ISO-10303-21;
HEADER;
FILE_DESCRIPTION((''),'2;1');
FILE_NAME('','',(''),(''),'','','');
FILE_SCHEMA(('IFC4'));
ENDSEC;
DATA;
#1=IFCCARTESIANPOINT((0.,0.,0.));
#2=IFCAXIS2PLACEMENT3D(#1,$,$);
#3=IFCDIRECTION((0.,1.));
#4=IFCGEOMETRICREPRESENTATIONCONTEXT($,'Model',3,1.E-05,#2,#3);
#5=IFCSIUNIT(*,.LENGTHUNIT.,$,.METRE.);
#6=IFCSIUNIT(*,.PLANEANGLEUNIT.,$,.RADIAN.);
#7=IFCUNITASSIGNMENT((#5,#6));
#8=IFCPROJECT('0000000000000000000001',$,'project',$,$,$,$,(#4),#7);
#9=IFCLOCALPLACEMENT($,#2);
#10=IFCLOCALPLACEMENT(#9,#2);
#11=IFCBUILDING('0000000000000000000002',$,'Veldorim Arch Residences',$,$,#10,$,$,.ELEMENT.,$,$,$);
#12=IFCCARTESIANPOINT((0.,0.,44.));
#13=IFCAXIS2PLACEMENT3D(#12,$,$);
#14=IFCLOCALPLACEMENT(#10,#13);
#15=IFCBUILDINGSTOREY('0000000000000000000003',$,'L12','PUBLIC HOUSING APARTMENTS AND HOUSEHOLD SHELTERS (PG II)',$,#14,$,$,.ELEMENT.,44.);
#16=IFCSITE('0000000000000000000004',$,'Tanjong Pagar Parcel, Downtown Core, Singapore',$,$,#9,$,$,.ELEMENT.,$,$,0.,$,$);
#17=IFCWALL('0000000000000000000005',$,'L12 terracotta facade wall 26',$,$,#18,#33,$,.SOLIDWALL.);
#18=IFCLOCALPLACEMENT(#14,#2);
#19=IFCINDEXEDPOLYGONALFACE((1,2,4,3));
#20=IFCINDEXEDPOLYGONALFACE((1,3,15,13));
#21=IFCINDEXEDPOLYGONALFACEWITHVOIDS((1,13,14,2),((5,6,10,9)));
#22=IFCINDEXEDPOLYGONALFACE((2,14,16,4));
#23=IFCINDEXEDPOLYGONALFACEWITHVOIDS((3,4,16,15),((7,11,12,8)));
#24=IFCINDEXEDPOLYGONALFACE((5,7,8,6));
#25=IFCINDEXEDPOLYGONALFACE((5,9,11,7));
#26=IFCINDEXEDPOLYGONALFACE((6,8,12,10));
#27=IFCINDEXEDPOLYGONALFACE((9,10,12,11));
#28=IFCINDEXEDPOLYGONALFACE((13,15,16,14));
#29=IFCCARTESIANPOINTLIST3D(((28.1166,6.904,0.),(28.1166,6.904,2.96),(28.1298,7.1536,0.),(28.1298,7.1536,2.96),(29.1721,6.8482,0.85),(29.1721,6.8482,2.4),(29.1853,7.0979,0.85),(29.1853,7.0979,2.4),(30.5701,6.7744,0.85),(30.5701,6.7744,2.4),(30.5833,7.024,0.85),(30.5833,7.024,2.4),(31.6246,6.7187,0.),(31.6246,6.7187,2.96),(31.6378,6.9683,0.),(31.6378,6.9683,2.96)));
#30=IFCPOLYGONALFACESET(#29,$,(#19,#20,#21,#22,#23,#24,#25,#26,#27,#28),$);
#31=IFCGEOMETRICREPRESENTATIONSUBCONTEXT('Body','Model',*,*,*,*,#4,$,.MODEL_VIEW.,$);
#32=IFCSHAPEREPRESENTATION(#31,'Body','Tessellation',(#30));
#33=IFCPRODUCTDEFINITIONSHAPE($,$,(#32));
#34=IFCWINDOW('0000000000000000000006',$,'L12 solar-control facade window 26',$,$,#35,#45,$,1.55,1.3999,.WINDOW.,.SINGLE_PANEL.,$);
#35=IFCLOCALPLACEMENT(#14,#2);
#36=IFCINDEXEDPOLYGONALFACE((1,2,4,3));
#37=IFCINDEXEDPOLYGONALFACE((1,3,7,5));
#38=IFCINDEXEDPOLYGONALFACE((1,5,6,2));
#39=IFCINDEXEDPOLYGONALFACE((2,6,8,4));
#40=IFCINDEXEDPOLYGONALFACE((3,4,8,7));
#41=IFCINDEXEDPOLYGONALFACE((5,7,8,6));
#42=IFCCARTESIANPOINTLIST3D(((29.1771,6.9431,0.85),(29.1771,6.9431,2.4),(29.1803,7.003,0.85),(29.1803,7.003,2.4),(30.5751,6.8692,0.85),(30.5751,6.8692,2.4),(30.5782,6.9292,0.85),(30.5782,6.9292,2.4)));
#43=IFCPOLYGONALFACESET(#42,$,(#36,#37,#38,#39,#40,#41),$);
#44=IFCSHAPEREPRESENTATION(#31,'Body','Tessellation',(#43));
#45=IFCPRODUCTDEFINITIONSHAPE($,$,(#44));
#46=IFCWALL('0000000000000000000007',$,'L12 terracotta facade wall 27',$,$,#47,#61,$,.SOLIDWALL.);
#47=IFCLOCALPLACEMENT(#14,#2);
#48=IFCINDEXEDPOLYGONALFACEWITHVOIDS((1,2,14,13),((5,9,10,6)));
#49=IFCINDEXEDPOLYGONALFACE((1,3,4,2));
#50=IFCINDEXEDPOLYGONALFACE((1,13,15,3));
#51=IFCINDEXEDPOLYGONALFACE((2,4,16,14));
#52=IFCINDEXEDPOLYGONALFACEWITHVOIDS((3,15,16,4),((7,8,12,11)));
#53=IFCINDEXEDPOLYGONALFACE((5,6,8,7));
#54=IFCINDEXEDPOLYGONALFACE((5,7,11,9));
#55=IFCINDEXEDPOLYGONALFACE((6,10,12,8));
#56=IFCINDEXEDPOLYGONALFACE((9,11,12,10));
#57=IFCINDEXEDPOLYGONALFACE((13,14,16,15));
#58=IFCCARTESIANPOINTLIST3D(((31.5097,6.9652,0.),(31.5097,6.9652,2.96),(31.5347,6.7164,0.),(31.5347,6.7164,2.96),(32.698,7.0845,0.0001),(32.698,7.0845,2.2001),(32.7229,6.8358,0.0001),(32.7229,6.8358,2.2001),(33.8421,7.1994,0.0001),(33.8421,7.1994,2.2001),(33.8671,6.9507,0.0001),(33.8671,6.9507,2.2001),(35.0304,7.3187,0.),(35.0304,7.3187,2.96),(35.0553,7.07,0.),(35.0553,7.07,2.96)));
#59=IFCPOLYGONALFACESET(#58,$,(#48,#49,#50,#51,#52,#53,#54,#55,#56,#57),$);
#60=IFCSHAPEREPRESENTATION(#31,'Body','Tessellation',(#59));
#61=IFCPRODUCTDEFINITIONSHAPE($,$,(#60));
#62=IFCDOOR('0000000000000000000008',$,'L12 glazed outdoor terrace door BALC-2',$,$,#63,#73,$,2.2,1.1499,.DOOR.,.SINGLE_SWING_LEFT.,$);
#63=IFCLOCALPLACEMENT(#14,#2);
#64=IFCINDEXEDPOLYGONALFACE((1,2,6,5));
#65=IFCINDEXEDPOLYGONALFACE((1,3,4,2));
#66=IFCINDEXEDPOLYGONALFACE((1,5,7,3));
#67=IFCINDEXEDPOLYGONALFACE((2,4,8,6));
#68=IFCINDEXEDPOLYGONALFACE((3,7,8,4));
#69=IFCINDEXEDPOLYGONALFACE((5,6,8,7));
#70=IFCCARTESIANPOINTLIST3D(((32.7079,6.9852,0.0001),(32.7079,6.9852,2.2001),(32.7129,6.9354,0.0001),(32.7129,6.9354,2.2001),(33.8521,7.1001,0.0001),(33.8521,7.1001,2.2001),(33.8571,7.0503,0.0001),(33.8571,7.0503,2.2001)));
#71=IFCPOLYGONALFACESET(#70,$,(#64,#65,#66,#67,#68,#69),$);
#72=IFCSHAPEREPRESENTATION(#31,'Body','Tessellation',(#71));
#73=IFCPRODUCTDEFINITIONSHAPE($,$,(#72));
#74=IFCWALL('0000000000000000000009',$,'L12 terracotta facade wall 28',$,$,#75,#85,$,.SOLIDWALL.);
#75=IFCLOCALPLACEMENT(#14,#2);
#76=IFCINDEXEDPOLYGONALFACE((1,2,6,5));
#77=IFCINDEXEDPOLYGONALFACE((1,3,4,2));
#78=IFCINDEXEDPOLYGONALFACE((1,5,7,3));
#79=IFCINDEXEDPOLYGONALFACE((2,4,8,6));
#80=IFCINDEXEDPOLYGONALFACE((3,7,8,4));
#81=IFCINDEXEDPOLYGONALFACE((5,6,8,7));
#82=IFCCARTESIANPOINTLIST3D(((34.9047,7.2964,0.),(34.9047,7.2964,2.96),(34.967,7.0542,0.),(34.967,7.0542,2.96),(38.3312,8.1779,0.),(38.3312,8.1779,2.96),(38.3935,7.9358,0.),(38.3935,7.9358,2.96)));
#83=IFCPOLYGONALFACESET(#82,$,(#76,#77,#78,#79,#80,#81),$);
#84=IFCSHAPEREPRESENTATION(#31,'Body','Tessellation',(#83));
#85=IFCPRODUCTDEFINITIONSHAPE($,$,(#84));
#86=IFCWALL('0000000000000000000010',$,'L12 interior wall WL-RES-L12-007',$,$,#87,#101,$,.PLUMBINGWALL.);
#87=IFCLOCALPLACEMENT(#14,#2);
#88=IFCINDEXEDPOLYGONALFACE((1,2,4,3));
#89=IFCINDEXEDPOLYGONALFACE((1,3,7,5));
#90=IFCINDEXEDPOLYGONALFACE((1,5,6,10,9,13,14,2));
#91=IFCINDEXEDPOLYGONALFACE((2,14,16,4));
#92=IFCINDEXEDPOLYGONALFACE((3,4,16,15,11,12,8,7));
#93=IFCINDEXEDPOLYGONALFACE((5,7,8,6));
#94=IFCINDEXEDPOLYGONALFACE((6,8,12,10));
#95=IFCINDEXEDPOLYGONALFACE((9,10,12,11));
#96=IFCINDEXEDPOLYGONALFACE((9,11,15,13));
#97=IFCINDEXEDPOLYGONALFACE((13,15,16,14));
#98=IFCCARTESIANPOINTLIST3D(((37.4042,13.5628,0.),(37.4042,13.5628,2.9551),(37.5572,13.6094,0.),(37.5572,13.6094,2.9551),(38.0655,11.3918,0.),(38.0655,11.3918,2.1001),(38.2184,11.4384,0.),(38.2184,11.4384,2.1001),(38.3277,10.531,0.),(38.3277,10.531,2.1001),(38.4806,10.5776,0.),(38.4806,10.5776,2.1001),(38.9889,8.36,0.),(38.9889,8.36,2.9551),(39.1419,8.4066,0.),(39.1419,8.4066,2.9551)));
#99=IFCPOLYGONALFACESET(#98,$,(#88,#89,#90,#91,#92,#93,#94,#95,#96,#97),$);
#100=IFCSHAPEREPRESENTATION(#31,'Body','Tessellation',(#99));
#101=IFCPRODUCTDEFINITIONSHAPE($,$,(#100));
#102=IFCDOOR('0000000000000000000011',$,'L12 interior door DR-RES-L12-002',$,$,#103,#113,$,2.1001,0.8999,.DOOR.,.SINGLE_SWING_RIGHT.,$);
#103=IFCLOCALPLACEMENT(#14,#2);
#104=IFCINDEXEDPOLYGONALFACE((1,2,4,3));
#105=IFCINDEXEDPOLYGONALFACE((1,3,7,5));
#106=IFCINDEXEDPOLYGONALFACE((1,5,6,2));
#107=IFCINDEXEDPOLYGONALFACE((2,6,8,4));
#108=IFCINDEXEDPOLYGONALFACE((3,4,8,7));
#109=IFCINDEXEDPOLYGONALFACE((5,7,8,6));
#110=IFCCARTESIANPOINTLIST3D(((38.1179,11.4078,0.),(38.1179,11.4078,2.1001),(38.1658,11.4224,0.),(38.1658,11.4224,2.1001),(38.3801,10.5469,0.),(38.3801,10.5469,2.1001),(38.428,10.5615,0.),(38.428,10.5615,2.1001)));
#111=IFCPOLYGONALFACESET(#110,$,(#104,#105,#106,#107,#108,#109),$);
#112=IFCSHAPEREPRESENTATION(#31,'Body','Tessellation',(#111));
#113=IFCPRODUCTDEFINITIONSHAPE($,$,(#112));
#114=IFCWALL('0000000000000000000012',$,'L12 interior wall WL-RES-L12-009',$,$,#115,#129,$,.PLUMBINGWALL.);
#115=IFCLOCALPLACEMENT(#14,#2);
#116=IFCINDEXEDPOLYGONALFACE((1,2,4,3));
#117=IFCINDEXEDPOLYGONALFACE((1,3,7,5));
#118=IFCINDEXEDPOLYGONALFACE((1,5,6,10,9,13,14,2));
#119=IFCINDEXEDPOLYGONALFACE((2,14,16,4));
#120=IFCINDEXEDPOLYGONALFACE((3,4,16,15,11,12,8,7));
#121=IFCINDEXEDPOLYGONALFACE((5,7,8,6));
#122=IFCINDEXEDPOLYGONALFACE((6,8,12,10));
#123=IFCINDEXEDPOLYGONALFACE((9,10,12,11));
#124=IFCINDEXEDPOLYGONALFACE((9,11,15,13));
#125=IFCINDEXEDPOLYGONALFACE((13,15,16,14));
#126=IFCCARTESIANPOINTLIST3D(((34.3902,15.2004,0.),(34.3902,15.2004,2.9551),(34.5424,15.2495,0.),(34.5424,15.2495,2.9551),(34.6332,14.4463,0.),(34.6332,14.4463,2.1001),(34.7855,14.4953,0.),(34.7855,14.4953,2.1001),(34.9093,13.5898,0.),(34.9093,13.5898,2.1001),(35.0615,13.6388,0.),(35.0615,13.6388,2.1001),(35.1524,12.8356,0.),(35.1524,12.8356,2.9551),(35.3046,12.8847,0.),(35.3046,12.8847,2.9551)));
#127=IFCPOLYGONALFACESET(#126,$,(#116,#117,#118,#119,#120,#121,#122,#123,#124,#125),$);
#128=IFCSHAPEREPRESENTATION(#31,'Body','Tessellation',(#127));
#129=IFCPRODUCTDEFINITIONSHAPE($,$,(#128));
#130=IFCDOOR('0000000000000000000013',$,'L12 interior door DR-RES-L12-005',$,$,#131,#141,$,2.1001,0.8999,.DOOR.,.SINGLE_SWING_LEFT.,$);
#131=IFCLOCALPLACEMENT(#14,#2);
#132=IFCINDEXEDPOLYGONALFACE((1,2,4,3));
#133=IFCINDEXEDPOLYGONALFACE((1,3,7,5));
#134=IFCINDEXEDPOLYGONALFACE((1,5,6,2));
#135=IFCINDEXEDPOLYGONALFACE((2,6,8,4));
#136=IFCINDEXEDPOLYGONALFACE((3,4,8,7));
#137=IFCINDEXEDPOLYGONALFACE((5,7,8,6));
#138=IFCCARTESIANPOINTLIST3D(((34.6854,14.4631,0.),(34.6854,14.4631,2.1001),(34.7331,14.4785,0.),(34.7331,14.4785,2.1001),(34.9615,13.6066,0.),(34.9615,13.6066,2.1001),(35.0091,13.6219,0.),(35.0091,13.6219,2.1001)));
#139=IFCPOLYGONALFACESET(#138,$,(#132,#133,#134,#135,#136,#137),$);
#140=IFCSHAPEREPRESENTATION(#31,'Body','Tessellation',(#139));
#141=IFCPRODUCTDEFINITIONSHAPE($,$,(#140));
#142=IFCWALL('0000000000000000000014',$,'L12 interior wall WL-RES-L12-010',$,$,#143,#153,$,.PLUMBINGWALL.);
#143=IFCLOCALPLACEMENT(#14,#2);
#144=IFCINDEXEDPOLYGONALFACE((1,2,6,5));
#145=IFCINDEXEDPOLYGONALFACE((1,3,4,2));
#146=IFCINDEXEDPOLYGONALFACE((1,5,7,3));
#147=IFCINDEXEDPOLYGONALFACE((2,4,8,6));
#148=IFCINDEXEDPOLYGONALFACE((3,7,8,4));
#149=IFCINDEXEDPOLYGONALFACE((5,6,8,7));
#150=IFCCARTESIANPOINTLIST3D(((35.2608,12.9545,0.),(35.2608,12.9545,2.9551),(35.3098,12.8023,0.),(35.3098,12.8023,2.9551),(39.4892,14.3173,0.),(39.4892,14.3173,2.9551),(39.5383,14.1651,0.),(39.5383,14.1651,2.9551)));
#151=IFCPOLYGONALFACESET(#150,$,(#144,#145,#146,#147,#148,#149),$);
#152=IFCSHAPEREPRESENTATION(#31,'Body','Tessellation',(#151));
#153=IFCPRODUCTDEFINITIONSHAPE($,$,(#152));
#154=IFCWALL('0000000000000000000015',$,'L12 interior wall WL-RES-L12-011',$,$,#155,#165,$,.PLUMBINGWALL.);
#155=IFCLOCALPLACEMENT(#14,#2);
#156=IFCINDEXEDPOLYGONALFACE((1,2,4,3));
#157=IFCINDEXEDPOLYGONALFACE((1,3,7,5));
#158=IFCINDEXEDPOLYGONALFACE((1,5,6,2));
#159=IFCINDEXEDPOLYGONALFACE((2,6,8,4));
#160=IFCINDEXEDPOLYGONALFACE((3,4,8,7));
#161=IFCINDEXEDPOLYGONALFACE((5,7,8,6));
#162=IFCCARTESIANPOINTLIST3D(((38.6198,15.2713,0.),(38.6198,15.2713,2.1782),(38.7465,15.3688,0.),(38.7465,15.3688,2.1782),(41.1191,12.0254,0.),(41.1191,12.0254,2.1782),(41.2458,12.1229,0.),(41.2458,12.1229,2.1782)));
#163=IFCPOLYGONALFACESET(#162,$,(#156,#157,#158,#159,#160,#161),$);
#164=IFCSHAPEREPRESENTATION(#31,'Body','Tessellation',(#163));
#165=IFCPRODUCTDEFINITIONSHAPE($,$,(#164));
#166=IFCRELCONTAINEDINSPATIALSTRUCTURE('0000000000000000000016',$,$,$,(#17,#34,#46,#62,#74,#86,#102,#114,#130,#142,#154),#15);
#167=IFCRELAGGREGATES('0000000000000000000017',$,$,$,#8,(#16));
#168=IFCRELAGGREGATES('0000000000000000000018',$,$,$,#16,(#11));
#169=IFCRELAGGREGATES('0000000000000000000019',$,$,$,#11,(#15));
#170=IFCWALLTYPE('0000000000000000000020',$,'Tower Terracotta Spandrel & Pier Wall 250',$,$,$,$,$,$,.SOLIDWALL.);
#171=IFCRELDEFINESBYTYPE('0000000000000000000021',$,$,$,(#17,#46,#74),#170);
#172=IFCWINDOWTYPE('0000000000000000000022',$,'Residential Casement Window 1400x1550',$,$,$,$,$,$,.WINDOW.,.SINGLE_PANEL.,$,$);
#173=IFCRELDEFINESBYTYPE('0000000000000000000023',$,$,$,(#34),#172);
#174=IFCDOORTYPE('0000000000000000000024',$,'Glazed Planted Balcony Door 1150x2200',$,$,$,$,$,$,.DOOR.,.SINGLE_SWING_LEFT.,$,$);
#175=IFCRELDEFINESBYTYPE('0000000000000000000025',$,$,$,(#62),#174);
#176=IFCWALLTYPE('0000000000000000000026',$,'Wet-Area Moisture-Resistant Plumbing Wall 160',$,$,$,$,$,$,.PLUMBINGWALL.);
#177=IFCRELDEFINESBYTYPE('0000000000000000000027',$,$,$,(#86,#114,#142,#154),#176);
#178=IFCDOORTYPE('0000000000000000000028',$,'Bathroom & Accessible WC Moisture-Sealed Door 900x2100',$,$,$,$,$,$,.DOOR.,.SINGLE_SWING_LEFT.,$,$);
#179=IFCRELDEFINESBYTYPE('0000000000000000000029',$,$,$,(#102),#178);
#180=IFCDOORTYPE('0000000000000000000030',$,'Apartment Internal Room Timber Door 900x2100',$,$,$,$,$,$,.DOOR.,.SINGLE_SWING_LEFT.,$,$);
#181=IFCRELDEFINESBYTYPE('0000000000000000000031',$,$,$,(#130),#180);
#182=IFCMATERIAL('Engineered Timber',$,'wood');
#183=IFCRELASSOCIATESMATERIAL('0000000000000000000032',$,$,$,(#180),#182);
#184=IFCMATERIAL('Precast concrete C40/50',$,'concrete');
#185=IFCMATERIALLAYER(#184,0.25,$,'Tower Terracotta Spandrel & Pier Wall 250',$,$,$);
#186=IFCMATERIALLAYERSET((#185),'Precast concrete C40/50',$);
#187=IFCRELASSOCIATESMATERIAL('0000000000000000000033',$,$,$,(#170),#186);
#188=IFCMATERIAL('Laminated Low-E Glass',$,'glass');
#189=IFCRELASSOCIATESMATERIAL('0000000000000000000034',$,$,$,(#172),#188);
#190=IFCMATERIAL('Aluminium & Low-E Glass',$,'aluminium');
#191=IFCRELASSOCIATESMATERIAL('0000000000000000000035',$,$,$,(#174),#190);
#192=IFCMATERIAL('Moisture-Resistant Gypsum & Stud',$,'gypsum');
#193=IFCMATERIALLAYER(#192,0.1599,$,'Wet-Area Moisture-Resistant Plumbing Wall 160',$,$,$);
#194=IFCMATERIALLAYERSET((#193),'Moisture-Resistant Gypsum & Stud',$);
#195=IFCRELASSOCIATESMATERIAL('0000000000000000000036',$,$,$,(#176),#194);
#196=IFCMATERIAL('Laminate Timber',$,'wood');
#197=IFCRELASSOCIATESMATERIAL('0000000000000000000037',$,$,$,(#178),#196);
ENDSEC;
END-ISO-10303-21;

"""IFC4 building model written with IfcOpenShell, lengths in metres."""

from ifc_helpers import new_model, si_unit, direction, frame, frame_2d, origin, place, context, subcontext, project, spatial, rectangle, extrude, material, layer, layer_set, type_object, element, fill, save


model = new_model("IFC4")

# Units and contexts
model_context = context("Model", 3, precision=1e-05, world=origin(), true_north=direction((0.0, 1.0)))
body_context = subcontext(model_context, "Body", "Model", "MODEL_VIEW")
ifc_project = project(units=[si_unit("LENGTHUNIT", "METRE"), si_unit("PLANEANGLEUNIT", "RADIAN")], contexts=[model_context])

# Site, building, storey
site_placement = place(None, origin())
site = spatial("IfcSite", under=ifc_project, at=site_placement, Name="Tanjong Pagar Parcel, Downtown Core, Singapore", CompositionType="ELEMENT", RefElevation=0.0)
building_placement = place(site_placement, origin())
building = spatial("IfcBuilding", under=site, at=building_placement, Name="Veldorim Arch Residences", CompositionType="ELEMENT")
storey_placement = place(building_placement, frame((0.0, 0.0, 44.0)))
storey = spatial("IfcBuildingStorey", under=building, at=storey_placement, Name="L12", Description="PUBLIC HOUSING APARTMENTS AND HOUSEHOLD SHELTERS (PG II)", CompositionType="ELEMENT", Elevation=44.0)

# Shared definitions
ifc_material_1 = material(Name="Engineered Timber", Category="wood")
door_type_1 = type_object("IfcDoorType", Name="Apartment Internal Room Timber Door 900x2100", OperationType="SINGLE_SWING_LEFT", PredefinedType="DOOR", material=ifc_material_1)

# Wall, opening, window
ifc_material_2 = material(Name="Precast concrete C40/50", Category="concrete")
ifc_layer_1 = layer(ifc_material_2, 0.25, Name="Tower Terracotta Spandrel & Pier Wall 250")
ifc_layer_set_1 = layer_set([ifc_layer_1], Name="Precast concrete C40/50")
wall_type_1 = type_object("IfcWallType", Name="Tower Terracotta Spandrel & Pier Wall 250", PredefinedType="SOLIDWALL", material=ifc_layer_set_1)
wall_1_placement = place(storey_placement, frame((31.6311, 6.8435, 0.0), z_axis=(0.0, 0.0, 1.0), x_axis=(-0.998608, 0.052749, 0.0)))
wall_1 = element("IfcWall", 1, at=wall_1_placement, inside=storey, type_object=wall_type_1, Name="L12 terracotta facade wall 26", PredefinedType="SOLIDWALL", context=body_context, shape_type="SweptSolid", body=[
    extrude(rectangle(XDim=3.5129, YDim=0.25, at=frame_2d((1.7563, 0.0))), origin(), (0.0, 0.0, 1.0), 2.96),
])
opening_1_placement = place(wall_1_placement, frame((1.0559, 0.0, 0.8501)))
opening_1 = element("IfcOpeningElement", 2, at=opening_1_placement, cuts=wall_1, PredefinedType="OPENING", context=body_context, shape_type="SweptSolid", body=[
    extrude(rectangle(XDim=1.3999, YDim=1.55, at=frame_2d((0.7, 0.7749))), frame((0.0, 0.135, 0.0), z_axis=(0.0, -1.0, 0.0), x_axis=(1.0, 0.0, 0.0)), (0.0, 0.0, 1.0), 0.27),
])
ifc_material_3 = material(Name="Laminated Low-E Glass", Category="glass")
window_type = type_object("IfcWindowType", Name="Residential Casement Window 1400x1550", PartitioningType="SINGLE_PANEL", PredefinedType="WINDOW", material=ifc_material_3)
window_placement = place(opening_1_placement, origin())
window = element("IfcWindow", 3, at=window_placement, inside=storey, type_object=window_type, Name="L12 solar-control facade window 26", OverallHeight=1.55, OverallWidth=1.3999, PartitioningType="SINGLE_PANEL", PredefinedType="WINDOW", context=body_context, shape_type="SweptSolid", body=[
    extrude(rectangle(XDim=1.3999, YDim=1.55, at=frame_2d((0.7, 0.7749))), frame((0.0, 0.03, 0.0), z_axis=(0.0, -1.0, 0.0), x_axis=(1.0, 0.0, 0.0)), (0.0, 0.0, 1.0), 0.0601),
])
fill(opening_1, window)

# Wall, opening, door
wall_2_placement = place(storey_placement, frame((35.0427, 7.1943, 0.0), z_axis=(0.0, 0.0, 1.0), x_axis=(-0.994996, -0.099914, 0.0)))
wall_2 = element("IfcWall", 4, at=wall_2_placement, inside=storey, type_object=wall_type_1, Name="L12 terracotta facade wall 27", PredefinedType="SOLIDWALL", context=body_context, shape_type="SweptSolid", body=[
    extrude(rectangle(XDim=3.5383, YDim=0.25, at=frame_2d((1.769, 0.0))), origin(), (0.0, 0.0, 1.0), 2.96),
])
opening_2_placement = place(wall_2_placement, frame((1.1941, 0.0, 0.0)))
opening_2 = element("IfcOpeningElement", 5, at=opening_2_placement, cuts=wall_2, PredefinedType="OPENING", context=body_context, shape_type="SweptSolid", body=[
    extrude(rectangle(XDim=1.1499, YDim=2.2, at=frame_2d((0.575, 1.1001))), frame((0.0, 0.135, 0.0), z_axis=(0.0, -1.0, 0.0), x_axis=(1.0, 0.0, 0.0)), (0.0, 0.0, 1.0), 0.27),
])
ifc_material_4 = material(Name="Aluminium & Low-E Glass", Category="aluminium")
door_type_2 = type_object("IfcDoorType", Name="Glazed Planted Balcony Door 1150x2200", OperationType="SINGLE_SWING_LEFT", PredefinedType="DOOR", material=ifc_material_4)
door_1_placement = place(opening_2_placement, origin())
door_1 = element("IfcDoor", 6, at=door_1_placement, inside=storey, type_object=door_type_2, Name="L12 glazed outdoor terrace door BALC-2", OperationType="SINGLE_SWING_LEFT", OverallHeight=2.2, OverallWidth=1.1499, PredefinedType="DOOR", context=body_context, shape_type="SweptSolid", body=[
    extrude(rectangle(XDim=1.1499, YDim=2.2, at=frame_2d((0.575, 1.1001))), frame((0.0, 0.0249, 0.0), z_axis=(0.0, -1.0, 0.0), x_axis=(1.0, 0.0, 0.0)), (0.0, 0.0, 1.0), 0.05),
])
fill(opening_2, door_1)

# Wall
wall_3_placement = place(storey_placement, frame((38.3623, 8.0569, 0.0), z_axis=(0.0, 0.0, 1.0), x_axis=(-0.96846, -0.24917, 0.0)))
element("IfcWall", 7, at=wall_3_placement, inside=storey, type_object=wall_type_1, Name="L12 terracotta facade wall 28", PredefinedType="SOLIDWALL", context=body_context, shape_type="SweptSolid", body=[
    extrude(rectangle(XDim=3.5381, YDim=0.25, at=frame_2d((1.769, 0.0))), origin(), (0.0, 0.0, 1.0), 2.96),
])

# Walls, openings, doors
ifc_material_5 = material(Name="Moisture-Resistant Gypsum & Stud", Category="gypsum")
ifc_layer_2 = layer(ifc_material_5, 0.1599, Name="Wet-Area Moisture-Resistant Plumbing Wall 160")
ifc_layer_set_2 = layer_set([ifc_layer_2], Name="Moisture-Resistant Gypsum & Stud")
wall_type_2 = type_object("IfcWallType", Name="Wet-Area Moisture-Resistant Plumbing Wall 160", PredefinedType="PLUMBINGWALL", material=ifc_layer_set_2)
wall_4_placement = place(storey_placement, frame((37.4807, 13.5859, 0.0), z_axis=(0.0, 0.0, 1.0), x_axis=(0.291381, -0.956607, 0.0)))
wall_4 = element("IfcWall", 8, at=wall_4_placement, inside=storey, type_object=wall_type_2, Name="L12 interior wall WL-RES-L12-007", PredefinedType="PLUMBINGWALL", context=body_context, shape_type="SweptSolid", body=[
    extrude(rectangle(XDim=5.4387, YDim=0.1599, at=frame_2d((2.7192, 0.0))), origin(), (0.0, 0.0, 1.0), 2.9551),
])
opening_3_placement = place(wall_4_placement, frame((2.2693, 0.0, 0.0)))
opening_3 = element("IfcOpeningElement", 9, at=opening_3_placement, cuts=wall_4, PredefinedType="OPENING", context=body_context, shape_type="SweptSolid", body=[
    extrude(rectangle(XDim=0.8999, YDim=2.1001, at=frame_2d((0.45, 1.05))), frame((0.0, 0.0898, 0.0), z_axis=(0.0, -1.0, 0.0), x_axis=(1.0, 0.0, 0.0)), (0.0, 0.0, 1.0), 0.1799),
])
ifc_material_6 = material(Name="Laminate Timber", Category="wood")
door_type_3 = type_object("IfcDoorType", Name="Bathroom & Accessible WC Moisture-Sealed Door 900x2100", OperationType="SINGLE_SWING_LEFT", PredefinedType="DOOR", material=ifc_material_6)
door_2_placement = place(opening_3_placement, origin())
door_2 = element("IfcDoor", 10, at=door_2_placement, inside=storey, type_object=door_type_3, Name="L12 interior door DR-RES-L12-002", OperationType="SINGLE_SWING_RIGHT", OverallHeight=2.1001, OverallWidth=0.8999, PredefinedType="DOOR", context=body_context, shape_type="SweptSolid", body=[
    extrude(rectangle(XDim=0.8999, YDim=2.1001, at=frame_2d((0.45, 1.05))), frame((0.0, 0.0249, 0.0), z_axis=(0.0, -1.0, 0.0), x_axis=(1.0, 0.0, 0.0)), (0.0, 0.0, 1.0), 0.05),
])
fill(opening_3, door_2)
wall_5_placement = place(storey_placement, frame((34.4663, 15.2249, 0.0), z_axis=(0.0, 0.0, 1.0), x_axis=(0.306779, -0.951781, 0.0)))
wall_5 = element("IfcWall", 11, at=wall_5_placement, inside=storey, type_object=wall_type_2, Name="L12 interior wall WL-RES-L12-009", PredefinedType="PLUMBINGWALL", context=body_context, shape_type="SweptSolid", body=[
    extrude(rectangle(XDim=2.4846, YDim=0.1599, at=frame_2d((1.2422, 0.0))), origin(), (0.0, 0.0, 1.0), 2.9551),
])
opening_4_placement = place(wall_5_placement, frame((0.7922, 0.0, 0.0)))
opening_4 = element("IfcOpeningElement", 12, at=opening_4_placement, cuts=wall_5, PredefinedType="OPENING", context=body_context, shape_type="SweptSolid", body=[
    extrude(rectangle(XDim=0.8999, YDim=2.1001, at=frame_2d((0.45, 1.05))), frame((0.0, 0.0898, 0.0), z_axis=(0.0, -1.0, 0.0), x_axis=(1.0, 0.0, 0.0)), (0.0, 0.0, 1.0), 0.1799),
])
door_3_placement = place(opening_4_placement, origin())
door_3 = element("IfcDoor", 13, at=door_3_placement, inside=storey, type_object=door_type_1, Name="L12 interior door DR-RES-L12-005", OperationType="SINGLE_SWING_LEFT", OverallHeight=2.1001, OverallWidth=0.8999, PredefinedType="DOOR", context=body_context, shape_type="SweptSolid", body=[
    extrude(rectangle(XDim=0.8999, YDim=2.1001, at=frame_2d((0.45, 1.05))), frame((0.0, 0.0249, 0.0), z_axis=(0.0, -1.0, 0.0), x_axis=(1.0, 0.0, 0.0)), (0.0, 0.0, 1.0), 0.05),
])
fill(opening_4, door_3)

# Walls
wall_6_placement = place(storey_placement, frame((35.2854, 12.8784, 0.0), z_axis=(0.0, 0.0, 1.0), x_axis=(0.95179, 0.306749, 0.0)))
element("IfcWall", 14, at=wall_6_placement, inside=storey, type_object=wall_type_2, Name="L12 interior wall WL-RES-L12-010", PredefinedType="PLUMBINGWALL", context=body_context, shape_type="SweptSolid", body=[
    extrude(rectangle(XDim=4.4426, YDim=0.1599, at=frame_2d((2.2212, 0.0))), origin(), (0.0, 0.0, 1.0), 2.9551),
])
wall_7_placement = place(storey_placement, frame((38.6831, 15.3201, 0.0), z_axis=(0.0, 0.0, 1.0), x_axis=(0.610088, -0.792334, 0.0)))
element("IfcWall", 15, at=wall_7_placement, inside=storey, type_object=wall_type_2, Name="L12 interior wall WL-RES-L12-011", PredefinedType="PLUMBINGWALL", context=body_context, shape_type="SweptSolid", body=[
    extrude(rectangle(XDim=4.0967, YDim=0.1599, at=frame_2d((2.0483, 0.0))), origin(), (0.0, 0.0, 1.0), 2.1782),
])

save(model, "model.ifc")
